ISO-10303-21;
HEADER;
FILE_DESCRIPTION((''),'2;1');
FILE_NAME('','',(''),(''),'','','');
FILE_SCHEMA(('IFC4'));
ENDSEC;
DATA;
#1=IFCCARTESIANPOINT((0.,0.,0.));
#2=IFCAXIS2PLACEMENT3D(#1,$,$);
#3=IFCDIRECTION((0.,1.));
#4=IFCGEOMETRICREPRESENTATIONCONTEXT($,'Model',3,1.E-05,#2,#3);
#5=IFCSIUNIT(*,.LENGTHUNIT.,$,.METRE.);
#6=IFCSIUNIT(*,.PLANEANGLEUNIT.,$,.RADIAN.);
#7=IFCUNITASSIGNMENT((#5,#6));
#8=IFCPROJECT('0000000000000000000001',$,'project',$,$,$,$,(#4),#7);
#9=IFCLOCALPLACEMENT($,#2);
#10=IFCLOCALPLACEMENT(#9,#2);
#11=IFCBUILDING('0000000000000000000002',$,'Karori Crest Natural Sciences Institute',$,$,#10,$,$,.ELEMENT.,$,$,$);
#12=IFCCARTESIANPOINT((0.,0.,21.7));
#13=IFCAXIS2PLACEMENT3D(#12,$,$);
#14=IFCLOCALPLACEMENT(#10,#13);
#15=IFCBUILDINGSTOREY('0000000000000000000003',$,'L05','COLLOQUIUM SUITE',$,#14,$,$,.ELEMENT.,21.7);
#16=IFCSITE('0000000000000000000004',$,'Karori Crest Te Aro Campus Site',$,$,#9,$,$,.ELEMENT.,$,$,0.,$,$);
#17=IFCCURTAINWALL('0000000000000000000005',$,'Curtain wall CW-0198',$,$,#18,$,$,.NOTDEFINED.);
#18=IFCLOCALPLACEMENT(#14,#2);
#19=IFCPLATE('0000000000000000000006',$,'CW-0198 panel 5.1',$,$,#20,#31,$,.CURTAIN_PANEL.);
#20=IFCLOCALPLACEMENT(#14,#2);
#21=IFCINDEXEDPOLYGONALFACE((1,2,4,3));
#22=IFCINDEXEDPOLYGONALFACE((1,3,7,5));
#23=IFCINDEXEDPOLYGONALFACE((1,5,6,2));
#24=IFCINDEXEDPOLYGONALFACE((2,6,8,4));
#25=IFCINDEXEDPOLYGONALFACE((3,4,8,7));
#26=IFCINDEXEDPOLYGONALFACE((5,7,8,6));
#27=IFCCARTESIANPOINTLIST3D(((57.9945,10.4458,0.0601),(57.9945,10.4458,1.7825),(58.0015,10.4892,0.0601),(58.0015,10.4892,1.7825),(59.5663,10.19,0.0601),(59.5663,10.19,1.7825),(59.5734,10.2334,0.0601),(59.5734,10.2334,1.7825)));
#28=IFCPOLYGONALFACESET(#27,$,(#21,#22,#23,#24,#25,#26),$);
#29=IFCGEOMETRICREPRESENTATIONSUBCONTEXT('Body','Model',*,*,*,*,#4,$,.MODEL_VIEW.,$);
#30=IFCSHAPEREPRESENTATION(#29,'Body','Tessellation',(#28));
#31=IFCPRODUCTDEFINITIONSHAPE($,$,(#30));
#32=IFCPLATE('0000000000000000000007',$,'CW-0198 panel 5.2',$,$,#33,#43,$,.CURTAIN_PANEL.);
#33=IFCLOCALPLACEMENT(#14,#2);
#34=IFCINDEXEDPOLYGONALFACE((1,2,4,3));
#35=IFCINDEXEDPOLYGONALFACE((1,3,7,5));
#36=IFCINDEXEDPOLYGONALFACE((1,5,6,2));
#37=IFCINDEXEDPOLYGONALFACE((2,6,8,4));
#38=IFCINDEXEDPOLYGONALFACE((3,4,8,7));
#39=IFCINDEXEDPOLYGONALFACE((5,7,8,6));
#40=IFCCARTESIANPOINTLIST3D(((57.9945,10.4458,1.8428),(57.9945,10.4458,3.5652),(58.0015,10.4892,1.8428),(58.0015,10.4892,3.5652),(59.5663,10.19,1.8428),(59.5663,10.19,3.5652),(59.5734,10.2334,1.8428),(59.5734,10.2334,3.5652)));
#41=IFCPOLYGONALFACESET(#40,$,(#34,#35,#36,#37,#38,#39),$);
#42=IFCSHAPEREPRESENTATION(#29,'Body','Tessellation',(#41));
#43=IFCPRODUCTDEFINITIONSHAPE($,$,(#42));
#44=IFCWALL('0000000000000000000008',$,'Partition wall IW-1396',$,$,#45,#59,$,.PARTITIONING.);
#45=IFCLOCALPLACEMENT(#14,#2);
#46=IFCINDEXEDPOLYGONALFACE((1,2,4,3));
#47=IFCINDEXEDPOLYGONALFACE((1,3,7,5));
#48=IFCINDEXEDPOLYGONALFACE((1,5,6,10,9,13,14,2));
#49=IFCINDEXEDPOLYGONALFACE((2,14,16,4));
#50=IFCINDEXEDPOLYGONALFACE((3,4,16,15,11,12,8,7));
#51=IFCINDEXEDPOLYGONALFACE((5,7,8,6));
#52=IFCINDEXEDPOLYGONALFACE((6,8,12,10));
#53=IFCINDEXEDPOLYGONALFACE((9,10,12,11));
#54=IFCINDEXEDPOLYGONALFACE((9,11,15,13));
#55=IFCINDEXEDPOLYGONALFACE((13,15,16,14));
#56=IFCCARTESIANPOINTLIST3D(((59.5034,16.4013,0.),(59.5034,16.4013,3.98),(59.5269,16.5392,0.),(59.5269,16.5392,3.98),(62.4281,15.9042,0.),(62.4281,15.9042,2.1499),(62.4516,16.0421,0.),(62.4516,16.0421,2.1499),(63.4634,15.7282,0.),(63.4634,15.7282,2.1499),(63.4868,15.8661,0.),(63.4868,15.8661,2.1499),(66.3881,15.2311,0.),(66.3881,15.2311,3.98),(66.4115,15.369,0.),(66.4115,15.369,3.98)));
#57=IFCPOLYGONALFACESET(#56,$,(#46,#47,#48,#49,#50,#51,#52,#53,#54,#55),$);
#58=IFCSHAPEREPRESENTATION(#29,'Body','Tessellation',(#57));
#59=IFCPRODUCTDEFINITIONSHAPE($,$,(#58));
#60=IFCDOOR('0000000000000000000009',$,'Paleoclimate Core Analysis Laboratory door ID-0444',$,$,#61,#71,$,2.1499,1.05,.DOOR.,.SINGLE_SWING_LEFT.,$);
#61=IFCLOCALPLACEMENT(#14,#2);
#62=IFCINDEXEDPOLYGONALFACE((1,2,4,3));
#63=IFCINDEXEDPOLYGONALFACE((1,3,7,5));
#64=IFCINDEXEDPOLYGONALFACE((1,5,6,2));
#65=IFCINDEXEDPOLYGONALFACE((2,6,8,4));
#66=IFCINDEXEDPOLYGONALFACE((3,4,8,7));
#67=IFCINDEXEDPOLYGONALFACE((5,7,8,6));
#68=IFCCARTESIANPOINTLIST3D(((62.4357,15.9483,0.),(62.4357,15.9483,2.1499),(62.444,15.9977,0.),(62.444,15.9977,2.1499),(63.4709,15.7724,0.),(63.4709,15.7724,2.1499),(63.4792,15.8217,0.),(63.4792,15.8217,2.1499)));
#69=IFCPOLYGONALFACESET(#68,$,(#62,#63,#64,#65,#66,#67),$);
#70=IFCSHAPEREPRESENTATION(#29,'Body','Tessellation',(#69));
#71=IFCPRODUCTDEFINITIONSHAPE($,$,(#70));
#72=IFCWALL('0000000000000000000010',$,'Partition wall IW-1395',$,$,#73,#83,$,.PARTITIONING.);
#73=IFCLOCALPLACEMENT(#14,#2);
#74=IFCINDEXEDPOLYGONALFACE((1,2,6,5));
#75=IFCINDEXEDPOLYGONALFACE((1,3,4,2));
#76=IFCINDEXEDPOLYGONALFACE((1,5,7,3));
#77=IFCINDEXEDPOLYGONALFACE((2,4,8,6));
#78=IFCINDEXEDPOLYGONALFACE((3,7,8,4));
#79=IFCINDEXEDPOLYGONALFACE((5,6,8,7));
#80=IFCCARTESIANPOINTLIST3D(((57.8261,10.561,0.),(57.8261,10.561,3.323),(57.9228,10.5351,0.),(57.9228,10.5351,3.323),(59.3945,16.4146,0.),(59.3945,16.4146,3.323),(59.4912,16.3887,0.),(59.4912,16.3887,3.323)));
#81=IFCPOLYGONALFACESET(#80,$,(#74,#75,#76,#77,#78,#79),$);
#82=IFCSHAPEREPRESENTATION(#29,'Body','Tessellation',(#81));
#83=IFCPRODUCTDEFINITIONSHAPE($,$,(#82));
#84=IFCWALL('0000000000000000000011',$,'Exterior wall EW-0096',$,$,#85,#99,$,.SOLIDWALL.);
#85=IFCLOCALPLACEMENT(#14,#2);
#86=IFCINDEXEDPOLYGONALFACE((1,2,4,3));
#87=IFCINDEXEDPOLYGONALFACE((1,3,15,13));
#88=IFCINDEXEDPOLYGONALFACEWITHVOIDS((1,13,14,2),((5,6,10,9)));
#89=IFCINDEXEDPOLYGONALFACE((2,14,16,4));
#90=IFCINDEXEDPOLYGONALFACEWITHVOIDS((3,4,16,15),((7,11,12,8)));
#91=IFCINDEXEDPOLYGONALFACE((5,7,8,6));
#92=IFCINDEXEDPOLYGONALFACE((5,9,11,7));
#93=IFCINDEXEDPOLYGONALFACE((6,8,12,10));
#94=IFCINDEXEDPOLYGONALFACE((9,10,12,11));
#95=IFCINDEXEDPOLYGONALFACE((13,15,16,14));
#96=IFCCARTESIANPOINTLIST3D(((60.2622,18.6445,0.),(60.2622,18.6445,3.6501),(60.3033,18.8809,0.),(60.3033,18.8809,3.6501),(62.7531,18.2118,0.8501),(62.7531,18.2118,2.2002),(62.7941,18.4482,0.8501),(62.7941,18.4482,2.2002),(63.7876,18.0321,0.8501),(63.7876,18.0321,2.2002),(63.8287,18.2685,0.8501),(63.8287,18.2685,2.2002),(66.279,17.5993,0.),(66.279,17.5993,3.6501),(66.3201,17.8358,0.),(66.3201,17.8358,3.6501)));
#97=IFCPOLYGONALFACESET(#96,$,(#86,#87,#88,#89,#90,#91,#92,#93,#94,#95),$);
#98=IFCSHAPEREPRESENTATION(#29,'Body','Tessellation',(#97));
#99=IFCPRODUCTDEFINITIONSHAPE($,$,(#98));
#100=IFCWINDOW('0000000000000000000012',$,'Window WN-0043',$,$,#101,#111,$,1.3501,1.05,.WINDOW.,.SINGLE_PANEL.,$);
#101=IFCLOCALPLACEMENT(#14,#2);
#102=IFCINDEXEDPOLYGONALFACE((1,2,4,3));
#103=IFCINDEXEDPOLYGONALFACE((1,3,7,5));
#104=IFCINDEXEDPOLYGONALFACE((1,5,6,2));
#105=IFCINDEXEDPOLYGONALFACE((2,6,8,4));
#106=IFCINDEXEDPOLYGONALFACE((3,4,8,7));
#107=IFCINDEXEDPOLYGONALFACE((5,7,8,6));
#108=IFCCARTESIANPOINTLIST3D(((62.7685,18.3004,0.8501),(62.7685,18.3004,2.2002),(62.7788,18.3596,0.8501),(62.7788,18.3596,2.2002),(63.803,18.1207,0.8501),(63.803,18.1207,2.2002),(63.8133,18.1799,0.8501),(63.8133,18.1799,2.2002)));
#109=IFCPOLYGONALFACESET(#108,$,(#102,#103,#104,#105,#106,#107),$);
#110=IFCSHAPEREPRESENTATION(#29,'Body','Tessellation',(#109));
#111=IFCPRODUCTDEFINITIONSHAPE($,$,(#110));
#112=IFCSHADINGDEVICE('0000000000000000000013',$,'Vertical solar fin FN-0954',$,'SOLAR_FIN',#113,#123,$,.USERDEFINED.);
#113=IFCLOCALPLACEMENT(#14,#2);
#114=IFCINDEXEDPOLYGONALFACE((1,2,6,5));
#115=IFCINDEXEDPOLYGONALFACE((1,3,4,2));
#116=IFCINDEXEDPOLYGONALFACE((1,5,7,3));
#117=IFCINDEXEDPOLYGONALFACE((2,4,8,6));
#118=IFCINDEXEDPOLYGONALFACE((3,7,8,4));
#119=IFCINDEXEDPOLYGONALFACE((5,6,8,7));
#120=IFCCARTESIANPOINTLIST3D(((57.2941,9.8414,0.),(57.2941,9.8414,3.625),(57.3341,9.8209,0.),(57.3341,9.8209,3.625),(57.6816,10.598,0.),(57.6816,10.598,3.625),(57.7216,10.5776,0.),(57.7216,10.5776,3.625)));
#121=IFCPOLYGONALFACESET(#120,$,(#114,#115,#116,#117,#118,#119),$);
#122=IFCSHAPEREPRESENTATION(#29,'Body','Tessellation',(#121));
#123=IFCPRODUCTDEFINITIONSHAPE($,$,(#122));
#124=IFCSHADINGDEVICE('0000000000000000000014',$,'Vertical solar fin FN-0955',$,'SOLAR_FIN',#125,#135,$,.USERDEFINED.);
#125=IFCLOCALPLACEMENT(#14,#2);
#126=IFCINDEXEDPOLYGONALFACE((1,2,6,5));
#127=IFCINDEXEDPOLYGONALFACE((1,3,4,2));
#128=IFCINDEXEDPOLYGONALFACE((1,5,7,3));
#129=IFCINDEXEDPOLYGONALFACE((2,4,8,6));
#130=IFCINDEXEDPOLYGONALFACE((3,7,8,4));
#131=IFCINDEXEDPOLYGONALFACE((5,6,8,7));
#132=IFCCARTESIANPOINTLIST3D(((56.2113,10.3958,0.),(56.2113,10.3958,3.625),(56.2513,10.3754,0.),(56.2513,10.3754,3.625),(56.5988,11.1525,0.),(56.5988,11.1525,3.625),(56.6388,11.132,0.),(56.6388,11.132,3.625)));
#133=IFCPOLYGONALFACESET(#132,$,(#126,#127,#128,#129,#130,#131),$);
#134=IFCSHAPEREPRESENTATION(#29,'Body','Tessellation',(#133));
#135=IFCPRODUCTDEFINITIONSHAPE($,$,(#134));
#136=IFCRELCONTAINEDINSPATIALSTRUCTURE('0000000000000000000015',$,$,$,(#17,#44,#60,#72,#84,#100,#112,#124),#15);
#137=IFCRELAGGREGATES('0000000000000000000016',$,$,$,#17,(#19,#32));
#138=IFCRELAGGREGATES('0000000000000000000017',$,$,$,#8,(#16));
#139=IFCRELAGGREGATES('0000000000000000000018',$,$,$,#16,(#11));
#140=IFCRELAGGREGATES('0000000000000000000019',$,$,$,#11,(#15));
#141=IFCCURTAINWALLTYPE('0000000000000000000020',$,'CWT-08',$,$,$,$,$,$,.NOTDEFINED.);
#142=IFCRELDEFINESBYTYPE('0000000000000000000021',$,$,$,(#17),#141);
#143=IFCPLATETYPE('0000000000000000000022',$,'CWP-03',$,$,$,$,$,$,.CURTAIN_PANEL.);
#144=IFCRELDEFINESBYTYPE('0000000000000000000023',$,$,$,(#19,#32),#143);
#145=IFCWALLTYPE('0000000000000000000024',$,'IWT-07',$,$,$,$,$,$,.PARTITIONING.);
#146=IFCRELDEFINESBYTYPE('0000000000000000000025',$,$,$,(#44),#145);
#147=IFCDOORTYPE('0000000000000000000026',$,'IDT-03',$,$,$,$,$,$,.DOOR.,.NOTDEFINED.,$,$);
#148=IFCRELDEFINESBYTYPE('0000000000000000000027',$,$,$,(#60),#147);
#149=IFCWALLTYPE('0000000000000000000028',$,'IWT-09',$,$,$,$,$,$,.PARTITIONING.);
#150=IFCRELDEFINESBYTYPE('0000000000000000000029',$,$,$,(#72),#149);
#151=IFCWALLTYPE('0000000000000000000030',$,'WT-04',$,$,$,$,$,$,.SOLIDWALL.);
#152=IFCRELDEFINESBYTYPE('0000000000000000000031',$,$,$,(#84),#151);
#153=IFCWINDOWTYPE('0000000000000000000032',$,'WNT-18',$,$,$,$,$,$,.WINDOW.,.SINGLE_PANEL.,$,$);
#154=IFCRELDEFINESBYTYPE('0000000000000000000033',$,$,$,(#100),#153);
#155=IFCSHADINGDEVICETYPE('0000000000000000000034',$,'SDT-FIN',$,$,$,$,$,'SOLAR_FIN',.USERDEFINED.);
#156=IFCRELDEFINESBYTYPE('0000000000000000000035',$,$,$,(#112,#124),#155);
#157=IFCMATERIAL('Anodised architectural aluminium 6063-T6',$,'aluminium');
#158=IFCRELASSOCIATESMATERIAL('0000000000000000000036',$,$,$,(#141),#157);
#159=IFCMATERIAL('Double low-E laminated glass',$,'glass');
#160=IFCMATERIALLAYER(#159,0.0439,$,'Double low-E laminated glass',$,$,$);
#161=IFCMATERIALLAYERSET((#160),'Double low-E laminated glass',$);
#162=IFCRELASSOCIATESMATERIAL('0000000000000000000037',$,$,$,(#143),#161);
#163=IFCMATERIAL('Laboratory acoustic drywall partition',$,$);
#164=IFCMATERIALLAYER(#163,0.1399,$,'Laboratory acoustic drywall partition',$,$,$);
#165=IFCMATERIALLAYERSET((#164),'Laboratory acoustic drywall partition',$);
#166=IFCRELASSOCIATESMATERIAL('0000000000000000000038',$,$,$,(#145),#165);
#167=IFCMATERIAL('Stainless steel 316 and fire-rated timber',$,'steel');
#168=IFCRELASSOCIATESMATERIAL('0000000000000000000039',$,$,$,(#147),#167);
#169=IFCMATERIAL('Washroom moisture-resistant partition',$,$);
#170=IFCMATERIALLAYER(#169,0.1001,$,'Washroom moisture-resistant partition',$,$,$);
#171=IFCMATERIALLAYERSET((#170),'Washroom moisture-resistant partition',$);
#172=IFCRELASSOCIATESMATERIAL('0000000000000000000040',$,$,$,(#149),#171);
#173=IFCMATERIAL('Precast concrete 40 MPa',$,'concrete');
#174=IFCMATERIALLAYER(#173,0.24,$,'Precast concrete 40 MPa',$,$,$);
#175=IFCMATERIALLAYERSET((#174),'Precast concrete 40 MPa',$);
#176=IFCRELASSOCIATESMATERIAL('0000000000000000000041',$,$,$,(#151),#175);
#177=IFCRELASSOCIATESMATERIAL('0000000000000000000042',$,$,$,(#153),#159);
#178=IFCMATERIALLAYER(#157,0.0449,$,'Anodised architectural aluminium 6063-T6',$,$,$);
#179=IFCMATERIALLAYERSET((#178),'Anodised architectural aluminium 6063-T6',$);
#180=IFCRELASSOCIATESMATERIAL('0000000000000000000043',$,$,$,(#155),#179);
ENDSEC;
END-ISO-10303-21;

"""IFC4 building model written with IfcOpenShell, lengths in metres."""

from ifc_helpers import new_model, si_unit, direction, frame, frame_2d, origin, origin_2d, place, context, subcontext, project, spatial, rectangle, extrude, material, layer, layer_set, type_object, element, fill, aggregate, save


model = new_model("IFC4")

# Units and contexts
model_context = context("Model", 3, precision=1e-05, world=origin(), true_north=direction((0.0, 1.0)))
body_context = subcontext(model_context, "Body", "Model", "MODEL_VIEW")
ifc_project = project(units=[si_unit("LENGTHUNIT", "METRE"), si_unit("PLANEANGLEUNIT", "RADIAN")], contexts=[model_context])

# Site, building, storey
site_placement = place(None, origin())
site = spatial("IfcSite", under=ifc_project, at=site_placement, Name="Karori Crest Te Aro Campus Site", CompositionType="ELEMENT", RefElevation=0.0)
building_placement = place(site_placement, origin())
building = spatial("IfcBuilding", under=site, at=building_placement, Name="Karori Crest Natural Sciences Institute", CompositionType="ELEMENT")
storey_placement = place(building_placement, frame((0.0, 0.0, 21.7)))
storey = spatial("IfcBuildingStorey", under=building, at=storey_placement, Name="L05", Description="COLLOQUIUM SUITE", CompositionType="ELEMENT", Elevation=21.7)

# Shared definitions
ifc_material_1 = material(Name="Anodised architectural aluminium 6063-T6", Category="aluminium")

# Curtain wall
curtain_wall_type_1 = type_object("IfcCurtainWallType", Name="CWT-08", PredefinedType="NOTDEFINED", material=ifc_material_1)
curtain_wall_1_placement = place(storey_placement, origin())
curtain_wall_1 = element("IfcCurtainWall", 1, at=curtain_wall_1_placement, inside=storey, type_object=curtain_wall_type_1, Name="Curtain wall CW-0198", PredefinedType="NOTDEFINED")

# Plates
ifc_material_2 = material(Name="Double low-E laminated glass", Category="glass")
ifc_layer_1 = layer(ifc_material_2, 0.0439, Name="Double low-E laminated glass")
ifc_layer_set_1 = layer_set([ifc_layer_1], Name="Double low-E laminated glass")
plate_type_1 = type_object("IfcPlateType", Name="CWP-03", PredefinedType="CURTAIN_PANEL", material=ifc_layer_set_1)
plate_1_placement = place(storey_placement, frame((58.7839, 10.3396, 0.0601), z_axis=(0.0, 0.0, 1.0), x_axis=(-0.987011, 0.160655, 0.0)))
plate_1 = element("IfcPlate", 2, at=plate_1_placement, type_object=plate_type_1, Name="CW-0198 panel 5.1", PredefinedType="CURTAIN_PANEL", context=body_context, shape_type="SweptSolid", body=[
    extrude(rectangle(XDim=1.5925, YDim=0.0439, at=origin_2d()), origin(), (0.0, 0.0, 1.0), 1.7224),
])
plate_2_placement = place(storey_placement, frame((58.7839, 10.3396, 1.8428), z_axis=(0.0, 0.0, 1.0), x_axis=(-0.987011, 0.160655, 0.0)))
plate_2 = element("IfcPlate", 3, at=plate_2_placement, type_object=plate_type_1, Name="CW-0198 panel 5.2", PredefinedType="CURTAIN_PANEL", context=body_context, shape_type="SweptSolid", body=[
    extrude(rectangle(XDim=1.5925, YDim=0.0439, at=origin_2d()), origin(), (0.0, 0.0, 1.0), 1.7224),
])
aggregate(curtain_wall_1, [plate_1, plate_2])

# Wall, opening, door
ifc_material_3 = material(Name="Laboratory acoustic drywall partition")
ifc_layer_2 = layer(ifc_material_3, 0.1399, Name="Laboratory acoustic drywall partition")
ifc_layer_set_2 = layer_set([ifc_layer_2], Name="Laboratory acoustic drywall partition")
wall_type_1 = type_object("IfcWallType", Name="IWT-07", PredefinedType="PARTITIONING", material=ifc_layer_set_2)
wall_1_placement = place(storey_placement, frame((59.5151, 16.4702, 0.0), z_axis=(0.0, 0.0, 1.0), x_axis=(0.985862, -0.167562, 0.0)))
wall_1 = element("IfcWall", 4, at=wall_1_placement, inside=storey, type_object=wall_type_1, Name="Partition wall IW-1396", PredefinedType="PARTITIONING", context=body_context, shape_type="SweptSolid", body=[
    extrude(rectangle(XDim=6.9834, YDim=0.1399, at=frame_2d((3.4917, 0.0))), origin(), (0.0, 0.0, 1.0), 3.98),
])
opening_1_placement = place(wall_1_placement, frame((2.9668, 0.0, 0.0)))
opening_1 = element("IfcOpeningElement", 5, at=opening_1_placement, cuts=wall_1, PredefinedType="OPENING", context=body_context, shape_type="SweptSolid", body=[
    extrude(rectangle(XDim=1.05, YDim=2.1499, at=frame_2d((0.5249, 1.075))), frame((0.0, 0.0801, 0.0), z_axis=(0.0, -1.0, 0.0), x_axis=(1.0, 0.0, 0.0)), (0.0, 0.0, 1.0), 0.1599),
])
ifc_material_4 = material(Name="Stainless steel 316 and fire-rated timber", Category="steel")
door_type = type_object("IfcDoorType", Name="IDT-03", OperationType="NOTDEFINED", PredefinedType="DOOR", material=ifc_material_4)
door_placement = place(opening_1_placement, origin())
door = element("IfcDoor", 6, at=door_placement, inside=storey, type_object=door_type, Name="Paleoclimate Core Analysis Laboratory door ID-0444", OperationType="SINGLE_SWING_LEFT", OverallHeight=2.1499, OverallWidth=1.05, PredefinedType="DOOR", context=body_context, shape_type="SweptSolid", body=[
    extrude(rectangle(XDim=1.05, YDim=2.1499, at=frame_2d((0.5249, 1.075))), frame((0.0, 0.0249, 0.0), z_axis=(0.0, -1.0, 0.0), x_axis=(1.0, 0.0, 0.0)), (0.0, 0.0, 1.0), 0.05),
])
fill(opening_1, door)

# Wall
ifc_material_5 = material(Name="Washroom moisture-resistant partition")
ifc_layer_3 = layer(ifc_material_5, 0.1001, Name="Washroom moisture-resistant partition")
ifc_layer_set_3 = layer_set([ifc_layer_3], Name="Washroom moisture-resistant partition")
wall_type_2 = type_object("IfcWallType", Name="IWT-09", PredefinedType="PARTITIONING", material=ifc_layer_set_3)
wall_2_placement = place(storey_placement, frame((59.4429, 16.4016, 0.0), z_axis=(0.0, 0.0, 1.0), x_axis=(-0.258806, -0.965929, 0.0)))
element("IfcWall", 7, at=wall_2_placement, inside=storey, type_object=wall_type_2, Name="Partition wall IW-1395", PredefinedType="PARTITIONING", context=body_context, shape_type="SweptSolid", body=[
    extrude(rectangle(XDim=6.0601, YDim=0.1001, at=frame_2d((3.03, 0.0))), origin(), (0.0, 0.0, 1.0), 3.323),
])

# Wall, opening, window
ifc_material_6 = material(Name="Precast concrete 40 MPa", Category="concrete")
ifc_layer_4 = layer(ifc_material_6, 0.24, Name="Precast concrete 40 MPa")
ifc_layer_set_4 = layer_set([ifc_layer_4], Name="Precast concrete 40 MPa")
wall_type_3 = type_object("IfcWallType", Name="WT-04", PredefinedType="SOLIDWALL", material=ifc_layer_set_4)
wall_3_placement = place(storey_placement, frame((60.2827, 18.7627, 0.0), z_axis=(0.0, 0.0, 1.0), x_axis=(0.985246, -0.171144, 0.0)))
wall_3 = element("IfcWall", 8, at=wall_3_placement, inside=storey, type_object=wall_type_3, Name="Exterior wall EW-0096", PredefinedType="SOLIDWALL", context=body_context, shape_type="SweptSolid", body=[
    extrude(rectangle(XDim=6.1069, YDim=0.24, at=frame_2d((3.0535, 0.0))), origin(), (0.0, 0.0, 1.0), 3.6501),
])
opening_2_placement = place(wall_3_placement, frame((2.5283, 0.0, 0.8501)))
opening_2 = element("IfcOpeningElement", 9, at=opening_2_placement, cuts=wall_3, PredefinedType="OPENING", context=body_context, shape_type="SweptSolid", body=[
    extrude(rectangle(XDim=1.05, YDim=1.3501, at=frame_2d((0.5249, 0.675))), frame((0.0, 0.1299, 0.0), z_axis=(0.0, -1.0, 0.0), x_axis=(1.0, 0.0, 0.0)), (0.0, 0.0, 1.0), 0.26),
])
window_type = type_object("IfcWindowType", Name="WNT-18", PartitioningType="SINGLE_PANEL", PredefinedType="WINDOW", material=ifc_material_2)
window_placement = place(opening_2_placement, origin())
window = element("IfcWindow", 10, at=window_placement, inside=storey, type_object=window_type, Name="Window WN-0043", OverallHeight=1.3501, OverallWidth=1.05, PartitioningType="SINGLE_PANEL", PredefinedType="WINDOW", context=body_context, shape_type="SweptSolid", body=[
    extrude(rectangle(XDim=1.05, YDim=1.3501, at=frame_2d((0.5249, 0.675))), frame((0.0, 0.03, 0.0), z_axis=(0.0, -1.0, 0.0), x_axis=(1.0, 0.0, 0.0)), (0.0, 0.0, 1.0), 0.0601),
])
fill(opening_2, window)

# Shading devices
ifc_layer_5 = layer(ifc_material_1, 0.0449, Name="Anodised architectural aluminium 6063-T6")
ifc_layer_set_5 = layer_set([ifc_layer_5], Name="Anodised architectural aluminium 6063-T6")
shading_device_type = type_object("IfcShadingDeviceType", Name="SDT-FIN", ElementType="SOLAR_FIN", PredefinedType="USERDEFINED", material=ifc_layer_set_5)
for number, where, z_axis, x_axis, name in (
    (11, (57.5078, 10.2095, 0.0), (0.0, 0.0, 1.0), (-0.455829, -0.890067, 0.0), "Vertical solar fin FN-0954"),
    (12, (56.425, 10.7639, 0.0), (0.0, 0.0, 1.0), (-0.455829, -0.890067, 0.0), "Vertical solar fin FN-0955"),
):
    element("IfcShadingDevice", number, at=place(storey_placement, frame(where, z_axis=z_axis, x_axis=x_axis)), inside=storey, type_object=shading_device_type, Name=name, ObjectType="SOLAR_FIN", PredefinedType="USERDEFINED", context=body_context, shape_type="SweptSolid", body=[
        extrude(rectangle(XDim=0.8501, YDim=0.0449, at=origin_2d()), origin(), (0.0, 0.0, 1.0), 3.625),
    ])

save(model, "model.ifc")
